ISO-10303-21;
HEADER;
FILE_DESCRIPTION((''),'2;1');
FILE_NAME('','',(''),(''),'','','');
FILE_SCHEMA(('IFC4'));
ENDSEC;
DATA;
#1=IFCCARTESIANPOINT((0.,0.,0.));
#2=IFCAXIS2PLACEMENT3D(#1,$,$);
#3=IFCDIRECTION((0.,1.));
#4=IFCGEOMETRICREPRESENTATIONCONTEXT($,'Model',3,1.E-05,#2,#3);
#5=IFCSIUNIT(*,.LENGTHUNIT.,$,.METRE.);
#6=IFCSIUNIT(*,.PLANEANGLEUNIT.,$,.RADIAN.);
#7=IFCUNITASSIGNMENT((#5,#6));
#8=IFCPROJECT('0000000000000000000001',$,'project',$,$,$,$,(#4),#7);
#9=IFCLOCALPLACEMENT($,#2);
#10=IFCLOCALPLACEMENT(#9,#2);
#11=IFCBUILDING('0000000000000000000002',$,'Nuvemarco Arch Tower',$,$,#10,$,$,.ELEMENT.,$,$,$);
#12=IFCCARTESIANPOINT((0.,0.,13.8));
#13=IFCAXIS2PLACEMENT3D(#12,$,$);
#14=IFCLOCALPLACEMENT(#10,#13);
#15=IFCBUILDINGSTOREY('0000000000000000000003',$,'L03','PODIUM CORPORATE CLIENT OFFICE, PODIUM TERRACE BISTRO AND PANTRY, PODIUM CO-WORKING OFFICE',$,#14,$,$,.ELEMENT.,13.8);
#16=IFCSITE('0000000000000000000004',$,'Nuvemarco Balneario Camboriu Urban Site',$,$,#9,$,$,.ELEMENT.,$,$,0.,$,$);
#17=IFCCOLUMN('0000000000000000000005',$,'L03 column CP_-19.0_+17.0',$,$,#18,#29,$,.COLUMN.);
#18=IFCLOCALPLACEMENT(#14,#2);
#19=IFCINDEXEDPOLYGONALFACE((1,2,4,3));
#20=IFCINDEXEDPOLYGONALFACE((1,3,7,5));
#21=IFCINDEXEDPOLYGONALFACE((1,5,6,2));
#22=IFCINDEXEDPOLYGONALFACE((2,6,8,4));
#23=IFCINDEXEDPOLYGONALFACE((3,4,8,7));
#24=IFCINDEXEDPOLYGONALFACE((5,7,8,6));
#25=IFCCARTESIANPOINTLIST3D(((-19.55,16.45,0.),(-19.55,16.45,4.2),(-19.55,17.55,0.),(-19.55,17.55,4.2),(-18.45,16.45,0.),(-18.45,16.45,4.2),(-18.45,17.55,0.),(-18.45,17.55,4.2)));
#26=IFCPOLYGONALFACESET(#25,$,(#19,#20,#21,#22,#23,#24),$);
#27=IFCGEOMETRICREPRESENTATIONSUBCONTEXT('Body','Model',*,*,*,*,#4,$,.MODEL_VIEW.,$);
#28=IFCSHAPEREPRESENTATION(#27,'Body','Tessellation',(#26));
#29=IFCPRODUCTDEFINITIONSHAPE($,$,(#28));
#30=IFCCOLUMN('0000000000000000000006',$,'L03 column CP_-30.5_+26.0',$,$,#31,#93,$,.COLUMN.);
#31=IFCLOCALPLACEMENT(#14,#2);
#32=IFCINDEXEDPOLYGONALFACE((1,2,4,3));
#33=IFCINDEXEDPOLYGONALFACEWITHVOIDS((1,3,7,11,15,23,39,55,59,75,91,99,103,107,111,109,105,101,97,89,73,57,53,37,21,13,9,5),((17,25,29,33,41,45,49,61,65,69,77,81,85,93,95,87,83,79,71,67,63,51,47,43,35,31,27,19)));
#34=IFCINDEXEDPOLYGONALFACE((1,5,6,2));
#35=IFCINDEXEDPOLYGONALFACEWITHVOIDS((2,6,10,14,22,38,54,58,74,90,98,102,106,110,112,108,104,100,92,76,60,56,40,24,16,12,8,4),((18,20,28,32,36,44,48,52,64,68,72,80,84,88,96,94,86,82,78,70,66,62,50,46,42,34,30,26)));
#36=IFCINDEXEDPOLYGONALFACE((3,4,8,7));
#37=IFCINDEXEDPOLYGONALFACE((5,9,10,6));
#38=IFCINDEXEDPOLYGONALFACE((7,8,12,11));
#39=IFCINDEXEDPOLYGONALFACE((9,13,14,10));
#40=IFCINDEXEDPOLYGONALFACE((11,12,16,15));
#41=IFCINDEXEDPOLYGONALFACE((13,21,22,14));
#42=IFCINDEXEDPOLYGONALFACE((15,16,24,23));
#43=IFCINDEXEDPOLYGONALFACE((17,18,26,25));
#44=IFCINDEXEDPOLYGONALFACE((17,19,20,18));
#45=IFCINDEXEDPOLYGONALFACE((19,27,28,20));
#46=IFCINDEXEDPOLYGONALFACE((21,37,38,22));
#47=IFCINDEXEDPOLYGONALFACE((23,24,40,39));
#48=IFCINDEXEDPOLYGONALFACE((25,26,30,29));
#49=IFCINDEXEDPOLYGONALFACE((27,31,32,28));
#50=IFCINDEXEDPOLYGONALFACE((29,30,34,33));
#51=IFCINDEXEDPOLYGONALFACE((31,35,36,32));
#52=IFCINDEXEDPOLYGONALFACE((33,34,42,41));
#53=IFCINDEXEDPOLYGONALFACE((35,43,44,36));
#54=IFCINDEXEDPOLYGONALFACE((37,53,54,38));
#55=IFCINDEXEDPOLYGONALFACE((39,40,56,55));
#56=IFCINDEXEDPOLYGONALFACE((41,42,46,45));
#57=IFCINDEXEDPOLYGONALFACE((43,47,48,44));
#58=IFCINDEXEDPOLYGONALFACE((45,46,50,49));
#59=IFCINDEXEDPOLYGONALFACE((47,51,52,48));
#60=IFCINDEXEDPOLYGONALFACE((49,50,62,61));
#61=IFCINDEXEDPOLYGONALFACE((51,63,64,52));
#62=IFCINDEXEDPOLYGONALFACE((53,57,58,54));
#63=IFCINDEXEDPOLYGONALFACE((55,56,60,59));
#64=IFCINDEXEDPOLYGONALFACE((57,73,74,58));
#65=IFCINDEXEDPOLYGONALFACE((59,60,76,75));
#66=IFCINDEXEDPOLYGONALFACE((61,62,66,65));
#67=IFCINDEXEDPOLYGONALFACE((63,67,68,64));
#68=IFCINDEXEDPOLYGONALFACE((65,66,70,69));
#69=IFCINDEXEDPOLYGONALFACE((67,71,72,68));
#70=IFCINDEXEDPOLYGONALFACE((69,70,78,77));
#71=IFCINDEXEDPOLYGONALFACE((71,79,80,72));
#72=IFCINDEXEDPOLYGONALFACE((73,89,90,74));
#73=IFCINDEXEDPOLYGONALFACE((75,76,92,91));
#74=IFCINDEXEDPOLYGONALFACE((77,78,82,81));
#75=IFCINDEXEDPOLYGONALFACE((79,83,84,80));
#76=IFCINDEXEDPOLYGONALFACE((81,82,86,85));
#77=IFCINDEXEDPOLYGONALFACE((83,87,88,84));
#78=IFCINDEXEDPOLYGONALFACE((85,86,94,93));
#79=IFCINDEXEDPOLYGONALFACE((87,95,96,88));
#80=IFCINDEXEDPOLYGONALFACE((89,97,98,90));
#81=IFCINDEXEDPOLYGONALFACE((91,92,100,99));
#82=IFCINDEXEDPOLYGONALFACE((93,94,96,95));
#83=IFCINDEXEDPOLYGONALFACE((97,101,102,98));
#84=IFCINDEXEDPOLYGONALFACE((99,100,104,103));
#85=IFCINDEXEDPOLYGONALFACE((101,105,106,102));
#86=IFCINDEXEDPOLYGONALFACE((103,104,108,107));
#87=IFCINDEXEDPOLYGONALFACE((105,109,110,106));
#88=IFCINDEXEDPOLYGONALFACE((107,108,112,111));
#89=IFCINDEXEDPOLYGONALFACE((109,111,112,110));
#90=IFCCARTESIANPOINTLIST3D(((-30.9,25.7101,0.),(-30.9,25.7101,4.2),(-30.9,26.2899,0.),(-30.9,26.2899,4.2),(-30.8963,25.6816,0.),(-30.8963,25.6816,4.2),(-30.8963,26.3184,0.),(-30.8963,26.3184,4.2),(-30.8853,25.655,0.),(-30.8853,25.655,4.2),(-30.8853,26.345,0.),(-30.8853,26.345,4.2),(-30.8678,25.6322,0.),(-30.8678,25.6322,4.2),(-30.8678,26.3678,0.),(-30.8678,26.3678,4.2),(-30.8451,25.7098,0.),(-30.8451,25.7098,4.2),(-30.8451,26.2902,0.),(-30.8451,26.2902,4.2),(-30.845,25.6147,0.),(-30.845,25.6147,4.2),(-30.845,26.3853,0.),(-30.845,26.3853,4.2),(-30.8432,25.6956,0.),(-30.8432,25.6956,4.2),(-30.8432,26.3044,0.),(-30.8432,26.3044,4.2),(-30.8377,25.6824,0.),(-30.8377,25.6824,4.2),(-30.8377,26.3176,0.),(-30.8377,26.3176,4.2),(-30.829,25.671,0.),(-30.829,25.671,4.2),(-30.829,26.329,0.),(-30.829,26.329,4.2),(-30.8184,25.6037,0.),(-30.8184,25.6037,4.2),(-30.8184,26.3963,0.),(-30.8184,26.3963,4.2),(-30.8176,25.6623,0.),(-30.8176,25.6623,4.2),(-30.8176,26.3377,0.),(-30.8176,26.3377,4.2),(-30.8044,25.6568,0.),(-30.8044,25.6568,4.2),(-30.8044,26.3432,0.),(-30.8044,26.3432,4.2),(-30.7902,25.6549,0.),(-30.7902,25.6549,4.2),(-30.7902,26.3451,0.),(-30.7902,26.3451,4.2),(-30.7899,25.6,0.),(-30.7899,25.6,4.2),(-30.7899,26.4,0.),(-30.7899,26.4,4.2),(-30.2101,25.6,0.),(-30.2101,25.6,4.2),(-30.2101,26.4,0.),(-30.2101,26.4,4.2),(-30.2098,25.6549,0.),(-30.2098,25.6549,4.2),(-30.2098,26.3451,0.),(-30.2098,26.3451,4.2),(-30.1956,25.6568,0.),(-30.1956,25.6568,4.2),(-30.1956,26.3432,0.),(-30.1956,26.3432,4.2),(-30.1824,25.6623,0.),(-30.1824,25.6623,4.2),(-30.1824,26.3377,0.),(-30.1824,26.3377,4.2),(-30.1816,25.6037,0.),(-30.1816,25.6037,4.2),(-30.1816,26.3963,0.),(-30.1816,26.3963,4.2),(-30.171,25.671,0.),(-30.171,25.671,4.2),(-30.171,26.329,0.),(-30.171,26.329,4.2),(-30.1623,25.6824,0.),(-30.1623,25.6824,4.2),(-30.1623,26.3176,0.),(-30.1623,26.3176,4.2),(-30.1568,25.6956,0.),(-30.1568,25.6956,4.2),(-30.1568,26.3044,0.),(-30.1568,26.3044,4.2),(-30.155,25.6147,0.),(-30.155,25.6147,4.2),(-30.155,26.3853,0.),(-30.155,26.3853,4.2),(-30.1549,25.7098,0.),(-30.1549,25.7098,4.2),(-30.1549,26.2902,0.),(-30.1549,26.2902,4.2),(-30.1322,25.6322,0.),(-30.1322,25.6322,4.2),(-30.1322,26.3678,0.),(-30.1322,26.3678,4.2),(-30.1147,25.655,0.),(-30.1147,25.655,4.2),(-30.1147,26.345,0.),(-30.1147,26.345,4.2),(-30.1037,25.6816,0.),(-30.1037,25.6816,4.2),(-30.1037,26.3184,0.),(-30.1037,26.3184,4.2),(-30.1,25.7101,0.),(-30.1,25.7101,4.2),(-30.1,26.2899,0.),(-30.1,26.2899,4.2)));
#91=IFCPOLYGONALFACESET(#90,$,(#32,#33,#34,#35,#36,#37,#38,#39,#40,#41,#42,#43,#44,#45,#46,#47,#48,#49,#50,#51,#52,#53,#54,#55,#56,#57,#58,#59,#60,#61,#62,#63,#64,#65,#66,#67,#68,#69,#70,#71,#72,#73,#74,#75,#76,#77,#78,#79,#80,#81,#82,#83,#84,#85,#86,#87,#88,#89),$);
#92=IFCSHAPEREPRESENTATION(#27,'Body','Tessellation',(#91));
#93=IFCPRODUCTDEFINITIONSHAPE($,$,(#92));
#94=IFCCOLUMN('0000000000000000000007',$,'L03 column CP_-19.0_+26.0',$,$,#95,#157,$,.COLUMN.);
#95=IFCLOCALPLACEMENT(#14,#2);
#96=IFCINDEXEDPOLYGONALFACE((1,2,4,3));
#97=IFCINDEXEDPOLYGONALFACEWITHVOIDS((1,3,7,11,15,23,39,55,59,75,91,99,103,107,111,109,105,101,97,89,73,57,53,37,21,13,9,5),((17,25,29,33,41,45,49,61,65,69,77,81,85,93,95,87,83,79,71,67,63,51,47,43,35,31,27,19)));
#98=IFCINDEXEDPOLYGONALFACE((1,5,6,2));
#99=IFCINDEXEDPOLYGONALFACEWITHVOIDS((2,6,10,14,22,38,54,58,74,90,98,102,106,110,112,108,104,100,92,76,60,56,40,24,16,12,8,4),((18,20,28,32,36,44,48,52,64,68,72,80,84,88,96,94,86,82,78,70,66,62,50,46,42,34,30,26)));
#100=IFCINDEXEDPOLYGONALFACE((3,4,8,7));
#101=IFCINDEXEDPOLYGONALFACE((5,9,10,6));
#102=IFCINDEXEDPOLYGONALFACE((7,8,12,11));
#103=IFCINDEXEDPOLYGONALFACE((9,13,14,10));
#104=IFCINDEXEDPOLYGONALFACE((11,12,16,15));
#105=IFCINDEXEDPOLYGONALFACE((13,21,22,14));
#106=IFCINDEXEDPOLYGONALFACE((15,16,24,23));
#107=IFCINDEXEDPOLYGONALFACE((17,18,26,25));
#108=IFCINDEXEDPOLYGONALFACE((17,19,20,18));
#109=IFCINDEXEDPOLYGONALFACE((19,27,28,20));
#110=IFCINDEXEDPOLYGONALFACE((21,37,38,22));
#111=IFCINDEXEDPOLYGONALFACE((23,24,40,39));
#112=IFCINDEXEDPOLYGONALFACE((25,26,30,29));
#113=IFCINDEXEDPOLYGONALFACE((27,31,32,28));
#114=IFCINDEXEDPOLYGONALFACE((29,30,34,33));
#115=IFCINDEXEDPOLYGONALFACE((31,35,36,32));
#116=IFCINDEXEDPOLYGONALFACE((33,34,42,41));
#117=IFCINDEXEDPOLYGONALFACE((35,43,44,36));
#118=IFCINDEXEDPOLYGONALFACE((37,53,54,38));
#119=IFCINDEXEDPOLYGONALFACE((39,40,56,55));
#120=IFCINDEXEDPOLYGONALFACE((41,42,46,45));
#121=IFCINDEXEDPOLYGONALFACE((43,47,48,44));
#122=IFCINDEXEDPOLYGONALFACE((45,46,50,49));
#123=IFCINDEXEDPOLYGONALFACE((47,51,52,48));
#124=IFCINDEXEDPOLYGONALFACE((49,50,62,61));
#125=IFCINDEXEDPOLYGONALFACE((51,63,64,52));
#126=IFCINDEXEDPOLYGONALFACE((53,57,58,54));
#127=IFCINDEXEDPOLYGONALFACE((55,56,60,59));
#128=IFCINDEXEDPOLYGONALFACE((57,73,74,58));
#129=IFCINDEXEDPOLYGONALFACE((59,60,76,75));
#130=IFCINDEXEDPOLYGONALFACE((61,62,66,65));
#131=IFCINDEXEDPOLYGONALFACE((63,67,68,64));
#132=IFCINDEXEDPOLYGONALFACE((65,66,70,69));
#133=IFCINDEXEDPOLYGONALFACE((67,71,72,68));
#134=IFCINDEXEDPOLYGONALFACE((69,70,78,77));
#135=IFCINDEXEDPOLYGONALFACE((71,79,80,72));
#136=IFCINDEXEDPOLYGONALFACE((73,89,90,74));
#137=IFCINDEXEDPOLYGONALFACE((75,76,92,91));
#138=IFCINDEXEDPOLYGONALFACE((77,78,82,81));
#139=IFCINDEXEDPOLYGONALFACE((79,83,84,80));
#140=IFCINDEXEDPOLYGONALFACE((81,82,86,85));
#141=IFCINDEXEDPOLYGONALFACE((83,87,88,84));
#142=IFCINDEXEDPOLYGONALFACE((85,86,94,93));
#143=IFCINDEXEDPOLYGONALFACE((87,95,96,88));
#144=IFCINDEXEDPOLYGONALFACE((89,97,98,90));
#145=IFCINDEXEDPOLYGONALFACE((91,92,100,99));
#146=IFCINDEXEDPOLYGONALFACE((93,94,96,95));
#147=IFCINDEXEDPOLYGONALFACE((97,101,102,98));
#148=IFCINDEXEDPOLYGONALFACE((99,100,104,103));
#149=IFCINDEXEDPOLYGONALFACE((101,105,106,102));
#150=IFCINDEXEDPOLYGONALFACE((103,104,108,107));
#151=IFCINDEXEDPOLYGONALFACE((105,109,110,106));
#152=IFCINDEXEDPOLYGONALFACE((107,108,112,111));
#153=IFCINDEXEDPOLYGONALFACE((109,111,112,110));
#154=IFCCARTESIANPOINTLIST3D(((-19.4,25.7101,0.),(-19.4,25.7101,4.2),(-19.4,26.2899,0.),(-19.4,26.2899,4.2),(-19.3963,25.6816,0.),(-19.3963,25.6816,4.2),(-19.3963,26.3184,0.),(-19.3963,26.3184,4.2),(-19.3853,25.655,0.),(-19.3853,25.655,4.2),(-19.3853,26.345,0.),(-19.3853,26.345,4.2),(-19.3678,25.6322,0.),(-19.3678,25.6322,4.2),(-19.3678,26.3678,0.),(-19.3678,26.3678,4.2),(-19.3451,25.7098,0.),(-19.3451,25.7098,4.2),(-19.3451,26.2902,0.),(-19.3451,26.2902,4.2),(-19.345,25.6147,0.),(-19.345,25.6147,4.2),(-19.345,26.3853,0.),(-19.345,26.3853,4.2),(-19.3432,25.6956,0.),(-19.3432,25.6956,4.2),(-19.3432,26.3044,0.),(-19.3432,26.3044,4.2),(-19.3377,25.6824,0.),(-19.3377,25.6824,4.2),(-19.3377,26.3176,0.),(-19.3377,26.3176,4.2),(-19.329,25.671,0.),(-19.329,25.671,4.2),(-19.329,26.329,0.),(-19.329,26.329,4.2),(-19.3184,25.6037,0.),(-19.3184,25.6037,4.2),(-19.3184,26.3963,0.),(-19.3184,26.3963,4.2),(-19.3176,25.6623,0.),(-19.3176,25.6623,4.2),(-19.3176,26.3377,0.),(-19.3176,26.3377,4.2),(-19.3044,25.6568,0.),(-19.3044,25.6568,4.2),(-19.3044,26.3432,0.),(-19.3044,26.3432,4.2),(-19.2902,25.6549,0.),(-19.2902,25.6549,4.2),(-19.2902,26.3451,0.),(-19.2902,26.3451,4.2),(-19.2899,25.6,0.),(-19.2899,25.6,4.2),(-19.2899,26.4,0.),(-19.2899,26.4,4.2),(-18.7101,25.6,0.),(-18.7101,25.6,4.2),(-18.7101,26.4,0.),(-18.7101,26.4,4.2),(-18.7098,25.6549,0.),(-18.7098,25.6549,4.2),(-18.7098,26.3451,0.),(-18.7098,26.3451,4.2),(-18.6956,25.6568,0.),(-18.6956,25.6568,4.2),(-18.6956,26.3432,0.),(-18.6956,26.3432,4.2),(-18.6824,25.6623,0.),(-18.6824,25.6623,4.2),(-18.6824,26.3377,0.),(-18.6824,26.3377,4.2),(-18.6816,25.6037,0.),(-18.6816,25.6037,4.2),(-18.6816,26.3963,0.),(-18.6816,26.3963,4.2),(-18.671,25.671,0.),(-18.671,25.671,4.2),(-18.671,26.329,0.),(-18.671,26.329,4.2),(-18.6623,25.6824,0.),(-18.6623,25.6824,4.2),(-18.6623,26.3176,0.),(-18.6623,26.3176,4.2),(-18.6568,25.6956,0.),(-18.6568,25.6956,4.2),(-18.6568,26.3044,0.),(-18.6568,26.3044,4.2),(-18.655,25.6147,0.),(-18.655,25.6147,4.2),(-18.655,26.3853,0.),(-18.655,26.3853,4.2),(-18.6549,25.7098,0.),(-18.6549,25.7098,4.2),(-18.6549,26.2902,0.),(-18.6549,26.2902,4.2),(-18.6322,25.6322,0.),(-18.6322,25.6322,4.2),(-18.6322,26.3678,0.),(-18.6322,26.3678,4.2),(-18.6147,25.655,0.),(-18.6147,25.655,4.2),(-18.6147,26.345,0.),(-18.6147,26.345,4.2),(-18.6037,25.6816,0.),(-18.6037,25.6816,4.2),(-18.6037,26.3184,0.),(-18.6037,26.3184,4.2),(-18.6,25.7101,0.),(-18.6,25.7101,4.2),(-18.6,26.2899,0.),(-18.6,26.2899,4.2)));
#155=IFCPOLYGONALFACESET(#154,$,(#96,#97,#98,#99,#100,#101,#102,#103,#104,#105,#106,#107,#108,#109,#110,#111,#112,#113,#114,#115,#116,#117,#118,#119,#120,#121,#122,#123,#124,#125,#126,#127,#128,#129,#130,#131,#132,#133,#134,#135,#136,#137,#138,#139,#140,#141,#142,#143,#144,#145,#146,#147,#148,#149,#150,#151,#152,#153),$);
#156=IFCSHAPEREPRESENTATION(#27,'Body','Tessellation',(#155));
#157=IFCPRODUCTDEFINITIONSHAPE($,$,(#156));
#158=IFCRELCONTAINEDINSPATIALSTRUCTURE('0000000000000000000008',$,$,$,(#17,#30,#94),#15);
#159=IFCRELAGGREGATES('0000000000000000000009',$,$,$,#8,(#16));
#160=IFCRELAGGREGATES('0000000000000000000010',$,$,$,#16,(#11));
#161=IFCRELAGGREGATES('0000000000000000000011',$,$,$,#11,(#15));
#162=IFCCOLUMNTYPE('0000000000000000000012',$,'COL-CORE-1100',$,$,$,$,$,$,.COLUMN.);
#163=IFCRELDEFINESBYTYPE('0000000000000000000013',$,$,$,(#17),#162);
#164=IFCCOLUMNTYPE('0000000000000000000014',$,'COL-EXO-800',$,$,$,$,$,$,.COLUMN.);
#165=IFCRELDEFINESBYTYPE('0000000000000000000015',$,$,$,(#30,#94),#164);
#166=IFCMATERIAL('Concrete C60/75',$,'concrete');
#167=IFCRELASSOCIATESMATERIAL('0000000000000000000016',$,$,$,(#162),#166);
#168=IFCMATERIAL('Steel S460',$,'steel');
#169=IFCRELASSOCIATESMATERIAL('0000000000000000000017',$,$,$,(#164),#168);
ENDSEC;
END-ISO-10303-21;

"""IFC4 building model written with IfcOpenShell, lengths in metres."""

from ifc_helpers import new_model, si_unit, direction, frame, origin, origin_2d, place, context, subcontext, project, spatial, rectangle, hollow_rectangle, extrude, material, material_profile, profile_set, type_object, element, save


model = new_model("IFC4")

# Units and contexts
model_context = context("Model", 3, precision=1e-05, world=origin(), true_north=direction((0.0, 1.0)))
body_context = subcontext(model_context, "Body", "Model", "MODEL_VIEW")
ifc_project = project(units=[si_unit("LENGTHUNIT", "METRE"), si_unit("PLANEANGLEUNIT", "RADIAN")], contexts=[model_context])

# Site, building, storey
site_placement = place(None, origin())
site = spatial("IfcSite", under=ifc_project, at=site_placement, Name="Nuvemarco Balneario Camboriu Urban Site", CompositionType="ELEMENT", RefElevation=0.0)
building_placement = place(site_placement, origin())
building = spatial("IfcBuilding", under=site, at=building_placement, Name="Nuvemarco Arch Tower", CompositionType="ELEMENT")
storey_placement = place(building_placement, frame((0.0, 0.0, 13.8)))
storey = spatial("IfcBuildingStorey", under=building, at=storey_placement, Name="L03", Description="PODIUM CORPORATE CLIENT OFFICE, PODIUM TERRACE BISTRO AND PANTRY, PODIUM CO-WORKING OFFICE", CompositionType="ELEMENT", Elevation=13.8)

# Columns
ifc_material_1 = material(Name="Concrete C60/75", Category="concrete")
ifc_material_profile_1 = material_profile(ifc_material_1, rectangle(XDim=1.1001, YDim=1.1001, at=origin_2d()), Name="RC-COL-1100x1100")
ifc_profile_set_1 = profile_set([ifc_material_profile_1], Name="Concrete C60/75")
column_type_1 = type_object("IfcColumnType", Name="COL-CORE-1100", PredefinedType="COLUMN", material=ifc_profile_set_1)
column_placement = place(storey_placement, frame((-19.0, 17.0, 0.0), z_axis=(0.0, 0.0, 1.0), x_axis=(1.0, 0.0, 0.0)))
element("IfcColumn", 1, at=column_placement, inside=storey, type_object=column_type_1, Name="L03 column CP_-19.0_+17.0", PredefinedType="COLUMN", context=body_context, shape_type="SweptSolid", body=[
    extrude(rectangle(XDim=1.1001, YDim=1.1001, at=origin_2d()), origin(), (0.0, 0.0, 1.0), 4.2),
])
ifc_material_2 = material(Name="Steel S460", Category="steel")
ifc_material_profile_2 = material_profile(ifc_material_2, hollow_rectangle(XDim=0.8, YDim=0.8, WallThickness=0.0549, InnerFilletRadius=0.0549, OuterFilletRadius=0.1101, at=origin_2d()), Name="SHS800x800x55")
ifc_profile_set_2 = profile_set([ifc_material_profile_2], Name="Steel S460")
column_type_2 = type_object("IfcColumnType", Name="COL-EXO-800", PredefinedType="COLUMN", material=ifc_profile_set_2)
for number, where, z_axis, x_axis, name in (
    (2, (-30.5, 26.0, 0.0), (0.0, 0.0, 1.0), (1.0, 0.0, 0.0), "L03 column CP_-30.5_+26.0"),
    (3, (-19.0, 26.0, 0.0), (0.0, 0.0, 1.0), (1.0, 0.0, 0.0), "L03 column CP_-19.0_+26.0"),
):
    element("IfcColumn", number, at=place(storey_placement, frame(where, z_axis=z_axis, x_axis=x_axis)), inside=storey, type_object=column_type_2, Name=name, PredefinedType="COLUMN", context=body_context, shape_type="SweptSolid", body=[
        extrude(hollow_rectangle(XDim=0.8, YDim=0.8, WallThickness=0.0549, InnerFilletRadius=0.0549, OuterFilletRadius=0.1101, at=origin_2d()), origin(), (0.0, 0.0, 1.0), 4.2),
    ])

save(model, "model.ifc")
